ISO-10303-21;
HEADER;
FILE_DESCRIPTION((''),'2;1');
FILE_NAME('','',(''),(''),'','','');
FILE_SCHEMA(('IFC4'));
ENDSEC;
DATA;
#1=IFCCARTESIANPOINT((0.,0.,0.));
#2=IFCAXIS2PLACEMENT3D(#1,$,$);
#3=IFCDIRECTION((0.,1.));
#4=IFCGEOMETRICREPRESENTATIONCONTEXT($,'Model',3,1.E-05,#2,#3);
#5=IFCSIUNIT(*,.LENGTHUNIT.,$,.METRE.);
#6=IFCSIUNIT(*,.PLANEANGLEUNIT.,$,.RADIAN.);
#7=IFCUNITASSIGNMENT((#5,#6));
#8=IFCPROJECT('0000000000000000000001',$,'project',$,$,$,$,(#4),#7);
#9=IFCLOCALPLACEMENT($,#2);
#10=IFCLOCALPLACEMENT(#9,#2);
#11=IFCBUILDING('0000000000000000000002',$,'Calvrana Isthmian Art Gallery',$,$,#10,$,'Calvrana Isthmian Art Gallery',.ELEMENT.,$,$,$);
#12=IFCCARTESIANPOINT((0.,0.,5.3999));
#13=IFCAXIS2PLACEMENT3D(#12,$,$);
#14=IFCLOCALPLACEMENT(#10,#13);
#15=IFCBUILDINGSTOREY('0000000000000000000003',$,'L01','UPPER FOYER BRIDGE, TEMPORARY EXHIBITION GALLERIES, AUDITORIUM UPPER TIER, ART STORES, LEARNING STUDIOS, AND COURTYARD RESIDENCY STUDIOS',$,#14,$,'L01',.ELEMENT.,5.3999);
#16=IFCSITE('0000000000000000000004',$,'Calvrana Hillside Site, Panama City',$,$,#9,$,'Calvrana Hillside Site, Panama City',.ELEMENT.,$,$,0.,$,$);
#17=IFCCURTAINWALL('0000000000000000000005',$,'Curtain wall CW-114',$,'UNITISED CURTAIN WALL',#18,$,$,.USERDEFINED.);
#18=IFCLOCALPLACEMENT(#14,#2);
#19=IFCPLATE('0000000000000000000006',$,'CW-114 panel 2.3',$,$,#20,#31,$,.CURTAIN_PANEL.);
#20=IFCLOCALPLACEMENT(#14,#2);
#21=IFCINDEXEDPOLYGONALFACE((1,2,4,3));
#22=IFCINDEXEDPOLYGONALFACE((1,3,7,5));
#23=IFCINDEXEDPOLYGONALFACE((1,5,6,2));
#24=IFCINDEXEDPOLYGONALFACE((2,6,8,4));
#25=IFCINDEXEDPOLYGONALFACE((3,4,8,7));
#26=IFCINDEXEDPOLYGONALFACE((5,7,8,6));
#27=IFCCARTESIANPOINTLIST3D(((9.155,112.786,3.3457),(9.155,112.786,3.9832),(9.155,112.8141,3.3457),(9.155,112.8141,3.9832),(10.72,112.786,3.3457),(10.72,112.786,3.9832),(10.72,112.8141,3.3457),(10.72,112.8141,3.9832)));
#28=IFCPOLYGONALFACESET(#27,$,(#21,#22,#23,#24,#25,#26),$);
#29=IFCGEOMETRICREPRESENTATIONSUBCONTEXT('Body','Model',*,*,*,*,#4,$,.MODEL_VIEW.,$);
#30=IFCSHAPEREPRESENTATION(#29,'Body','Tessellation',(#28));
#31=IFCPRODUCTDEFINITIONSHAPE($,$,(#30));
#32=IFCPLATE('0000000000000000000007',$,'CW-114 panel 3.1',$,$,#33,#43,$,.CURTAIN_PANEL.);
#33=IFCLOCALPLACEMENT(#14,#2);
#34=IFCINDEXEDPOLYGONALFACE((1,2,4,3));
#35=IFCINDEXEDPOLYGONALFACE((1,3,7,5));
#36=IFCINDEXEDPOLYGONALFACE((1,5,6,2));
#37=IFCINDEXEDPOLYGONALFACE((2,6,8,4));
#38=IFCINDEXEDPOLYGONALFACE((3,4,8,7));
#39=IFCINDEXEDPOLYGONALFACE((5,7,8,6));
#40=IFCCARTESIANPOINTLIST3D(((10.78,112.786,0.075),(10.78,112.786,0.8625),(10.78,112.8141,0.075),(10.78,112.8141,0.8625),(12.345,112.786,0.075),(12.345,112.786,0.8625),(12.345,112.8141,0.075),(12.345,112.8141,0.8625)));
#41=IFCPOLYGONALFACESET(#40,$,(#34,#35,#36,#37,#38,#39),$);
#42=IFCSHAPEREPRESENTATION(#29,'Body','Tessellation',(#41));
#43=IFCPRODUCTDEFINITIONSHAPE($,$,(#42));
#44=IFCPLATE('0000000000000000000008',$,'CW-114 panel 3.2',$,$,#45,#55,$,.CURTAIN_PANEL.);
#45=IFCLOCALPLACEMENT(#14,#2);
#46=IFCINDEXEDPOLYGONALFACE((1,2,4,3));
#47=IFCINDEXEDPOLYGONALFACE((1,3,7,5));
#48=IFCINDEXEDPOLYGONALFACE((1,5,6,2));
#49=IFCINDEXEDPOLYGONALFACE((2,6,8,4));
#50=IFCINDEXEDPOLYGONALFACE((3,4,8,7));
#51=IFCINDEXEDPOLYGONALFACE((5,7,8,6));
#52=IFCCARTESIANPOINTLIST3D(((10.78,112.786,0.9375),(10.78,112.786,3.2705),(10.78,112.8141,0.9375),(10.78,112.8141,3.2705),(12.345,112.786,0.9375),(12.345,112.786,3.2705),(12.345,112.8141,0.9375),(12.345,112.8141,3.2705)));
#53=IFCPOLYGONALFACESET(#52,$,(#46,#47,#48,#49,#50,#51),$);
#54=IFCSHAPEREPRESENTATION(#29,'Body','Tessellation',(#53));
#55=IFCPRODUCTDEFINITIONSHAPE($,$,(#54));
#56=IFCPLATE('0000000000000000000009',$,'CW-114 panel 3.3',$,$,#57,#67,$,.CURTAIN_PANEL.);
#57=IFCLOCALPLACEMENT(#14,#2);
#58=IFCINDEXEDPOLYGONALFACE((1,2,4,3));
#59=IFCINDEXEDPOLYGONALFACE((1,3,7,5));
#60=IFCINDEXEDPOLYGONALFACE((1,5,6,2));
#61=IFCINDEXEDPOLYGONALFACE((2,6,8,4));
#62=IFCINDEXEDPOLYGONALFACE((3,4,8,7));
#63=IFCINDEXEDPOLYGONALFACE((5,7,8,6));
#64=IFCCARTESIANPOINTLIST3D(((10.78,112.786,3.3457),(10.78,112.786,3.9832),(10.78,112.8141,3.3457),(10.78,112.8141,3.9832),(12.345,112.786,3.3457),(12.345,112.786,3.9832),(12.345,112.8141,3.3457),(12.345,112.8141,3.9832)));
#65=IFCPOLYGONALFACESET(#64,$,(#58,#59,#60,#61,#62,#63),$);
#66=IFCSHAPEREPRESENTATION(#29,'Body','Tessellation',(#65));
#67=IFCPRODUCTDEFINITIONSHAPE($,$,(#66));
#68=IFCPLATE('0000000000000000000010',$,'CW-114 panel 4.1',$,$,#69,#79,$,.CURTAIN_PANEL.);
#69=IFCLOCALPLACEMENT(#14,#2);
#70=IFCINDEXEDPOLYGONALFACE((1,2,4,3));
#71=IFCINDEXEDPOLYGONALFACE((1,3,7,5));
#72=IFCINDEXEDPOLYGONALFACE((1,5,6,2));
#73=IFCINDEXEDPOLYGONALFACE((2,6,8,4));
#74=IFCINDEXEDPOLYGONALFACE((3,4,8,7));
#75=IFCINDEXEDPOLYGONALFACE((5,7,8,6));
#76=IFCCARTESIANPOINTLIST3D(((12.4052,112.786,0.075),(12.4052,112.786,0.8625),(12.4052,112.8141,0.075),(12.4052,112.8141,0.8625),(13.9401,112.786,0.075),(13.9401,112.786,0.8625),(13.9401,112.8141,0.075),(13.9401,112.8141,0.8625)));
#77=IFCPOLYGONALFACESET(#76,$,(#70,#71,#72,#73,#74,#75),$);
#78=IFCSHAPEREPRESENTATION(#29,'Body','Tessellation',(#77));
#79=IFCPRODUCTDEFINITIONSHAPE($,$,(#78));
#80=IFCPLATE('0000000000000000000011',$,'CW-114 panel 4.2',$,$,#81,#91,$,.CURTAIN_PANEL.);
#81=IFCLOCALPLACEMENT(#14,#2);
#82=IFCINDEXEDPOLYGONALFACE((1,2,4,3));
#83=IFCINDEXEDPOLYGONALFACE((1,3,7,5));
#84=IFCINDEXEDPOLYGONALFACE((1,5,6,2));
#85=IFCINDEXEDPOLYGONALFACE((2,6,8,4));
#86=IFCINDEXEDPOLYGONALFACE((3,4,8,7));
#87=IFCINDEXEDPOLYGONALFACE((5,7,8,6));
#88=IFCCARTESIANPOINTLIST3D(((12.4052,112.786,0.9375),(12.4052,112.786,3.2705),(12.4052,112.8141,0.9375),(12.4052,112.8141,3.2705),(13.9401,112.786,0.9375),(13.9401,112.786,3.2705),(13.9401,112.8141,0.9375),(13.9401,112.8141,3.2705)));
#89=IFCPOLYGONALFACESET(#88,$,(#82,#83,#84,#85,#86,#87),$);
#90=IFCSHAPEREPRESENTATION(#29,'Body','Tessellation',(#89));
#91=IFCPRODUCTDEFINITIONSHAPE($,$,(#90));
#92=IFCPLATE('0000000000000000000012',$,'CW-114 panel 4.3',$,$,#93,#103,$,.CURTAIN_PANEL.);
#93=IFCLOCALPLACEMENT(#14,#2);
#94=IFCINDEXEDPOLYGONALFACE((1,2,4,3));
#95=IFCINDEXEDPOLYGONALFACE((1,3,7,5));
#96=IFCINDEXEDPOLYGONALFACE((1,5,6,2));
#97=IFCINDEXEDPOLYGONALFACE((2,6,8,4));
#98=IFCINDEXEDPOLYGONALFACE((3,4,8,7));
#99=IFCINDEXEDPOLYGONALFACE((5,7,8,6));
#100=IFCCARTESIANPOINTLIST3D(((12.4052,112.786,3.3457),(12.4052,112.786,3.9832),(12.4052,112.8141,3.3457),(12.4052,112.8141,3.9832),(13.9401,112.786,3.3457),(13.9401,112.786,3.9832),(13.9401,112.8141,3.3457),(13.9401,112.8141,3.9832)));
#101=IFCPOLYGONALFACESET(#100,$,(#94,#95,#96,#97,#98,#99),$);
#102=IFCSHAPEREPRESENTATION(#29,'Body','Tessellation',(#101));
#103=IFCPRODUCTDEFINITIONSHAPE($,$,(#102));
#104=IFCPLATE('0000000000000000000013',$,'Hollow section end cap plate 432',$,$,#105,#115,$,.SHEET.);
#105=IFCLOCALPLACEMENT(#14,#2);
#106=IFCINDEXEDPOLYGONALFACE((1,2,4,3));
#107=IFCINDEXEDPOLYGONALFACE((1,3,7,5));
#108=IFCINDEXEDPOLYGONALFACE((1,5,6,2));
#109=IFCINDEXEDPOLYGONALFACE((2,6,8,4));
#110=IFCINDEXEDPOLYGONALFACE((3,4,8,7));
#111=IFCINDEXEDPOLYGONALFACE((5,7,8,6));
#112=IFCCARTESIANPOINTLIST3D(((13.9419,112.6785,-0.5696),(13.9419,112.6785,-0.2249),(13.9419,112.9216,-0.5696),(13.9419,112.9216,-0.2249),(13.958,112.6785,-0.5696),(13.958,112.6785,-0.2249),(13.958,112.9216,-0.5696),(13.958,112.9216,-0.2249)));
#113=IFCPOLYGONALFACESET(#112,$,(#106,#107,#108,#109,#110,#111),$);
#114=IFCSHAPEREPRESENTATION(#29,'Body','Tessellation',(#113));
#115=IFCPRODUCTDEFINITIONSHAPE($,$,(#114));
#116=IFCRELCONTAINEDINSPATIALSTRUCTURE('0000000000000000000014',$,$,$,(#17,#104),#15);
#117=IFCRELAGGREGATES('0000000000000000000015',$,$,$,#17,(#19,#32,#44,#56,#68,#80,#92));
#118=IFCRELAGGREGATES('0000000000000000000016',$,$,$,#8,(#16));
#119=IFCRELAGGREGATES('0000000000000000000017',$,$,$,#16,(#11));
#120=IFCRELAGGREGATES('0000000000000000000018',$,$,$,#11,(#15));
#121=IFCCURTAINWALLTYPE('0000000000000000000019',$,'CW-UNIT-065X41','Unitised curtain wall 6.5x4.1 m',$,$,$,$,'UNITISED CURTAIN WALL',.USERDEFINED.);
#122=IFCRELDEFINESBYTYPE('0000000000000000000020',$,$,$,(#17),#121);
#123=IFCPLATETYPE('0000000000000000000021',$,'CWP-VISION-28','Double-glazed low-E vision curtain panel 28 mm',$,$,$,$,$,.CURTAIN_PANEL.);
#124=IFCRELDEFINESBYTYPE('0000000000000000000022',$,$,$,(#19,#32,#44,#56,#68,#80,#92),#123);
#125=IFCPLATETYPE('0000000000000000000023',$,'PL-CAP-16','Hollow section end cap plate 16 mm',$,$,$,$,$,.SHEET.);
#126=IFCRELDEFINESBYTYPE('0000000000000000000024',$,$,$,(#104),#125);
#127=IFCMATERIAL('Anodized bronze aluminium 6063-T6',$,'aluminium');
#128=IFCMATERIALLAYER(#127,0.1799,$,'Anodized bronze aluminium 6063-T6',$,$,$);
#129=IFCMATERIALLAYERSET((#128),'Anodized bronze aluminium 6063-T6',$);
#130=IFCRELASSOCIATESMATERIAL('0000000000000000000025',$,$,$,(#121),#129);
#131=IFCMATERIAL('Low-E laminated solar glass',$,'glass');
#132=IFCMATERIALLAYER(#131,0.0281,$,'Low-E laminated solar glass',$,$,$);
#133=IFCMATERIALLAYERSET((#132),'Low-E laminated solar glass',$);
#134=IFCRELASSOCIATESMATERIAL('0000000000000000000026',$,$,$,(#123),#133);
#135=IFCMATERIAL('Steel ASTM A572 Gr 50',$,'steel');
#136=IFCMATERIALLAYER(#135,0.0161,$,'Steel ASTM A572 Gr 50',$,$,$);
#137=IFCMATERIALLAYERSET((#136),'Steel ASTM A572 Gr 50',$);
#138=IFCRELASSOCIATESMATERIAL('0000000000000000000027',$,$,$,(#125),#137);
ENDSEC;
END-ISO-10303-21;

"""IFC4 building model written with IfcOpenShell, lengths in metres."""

from ifc_helpers import new_model, si_unit, direction, frame, origin, origin_2d, place, context, subcontext, project, spatial, rectangle, extrude, material, layer, layer_set, type_object, element, aggregate, save


model = new_model("IFC4")

# Units and contexts
model_context = context("Model", 3, precision=1e-05, world=origin(), true_north=direction((0.0, 1.0)))
body_context = subcontext(model_context, "Body", "Model", "MODEL_VIEW")
ifc_project = project(units=[si_unit("LENGTHUNIT", "METRE"), si_unit("PLANEANGLEUNIT", "RADIAN")], contexts=[model_context])

# Site, building, storey
site_placement = place(None, origin())
site = spatial("IfcSite", under=ifc_project, at=site_placement, Name="Calvrana Hillside Site, Panama City", LongName="Calvrana Hillside Site, Panama City", CompositionType="ELEMENT", RefElevation=0.0)
building_placement = place(site_placement, origin())
building = spatial("IfcBuilding", under=site, at=building_placement, Name="Calvrana Isthmian Art Gallery", LongName="Calvrana Isthmian Art Gallery", CompositionType="ELEMENT")
storey_placement = place(building_placement, frame((0.0, 0.0, 5.3999)))
storey = spatial("IfcBuildingStorey", under=building, at=storey_placement, Name="L01", Description="UPPER FOYER BRIDGE, TEMPORARY EXHIBITION GALLERIES, AUDITORIUM UPPER TIER, ART STORES, LEARNING STUDIOS, AND COURTYARD RESIDENCY STUDIOS", LongName="L01", CompositionType="ELEMENT", Elevation=5.3999)

# Curtain wall, plates
ifc_material_1 = material(Name="Anodized bronze aluminium 6063-T6", Category="aluminium")
ifc_layer_1 = layer(ifc_material_1, 0.1799, Name="Anodized bronze aluminium 6063-T6")
ifc_layer_set_1 = layer_set([ifc_layer_1], Name="Anodized bronze aluminium 6063-T6")
curtain_wall_type = type_object("IfcCurtainWallType", Name="CW-UNIT-065X41", Description="Unitised curtain wall 6.5x4.1 m", ElementType="UNITISED CURTAIN WALL", PredefinedType="USERDEFINED", material=ifc_layer_set_1)
curtain_wall_placement = place(storey_placement, origin())
curtain_wall = element("IfcCurtainWall", 1, at=curtain_wall_placement, inside=storey, type_object=curtain_wall_type, Name="Curtain wall CW-114", ObjectType="UNITISED CURTAIN WALL", PredefinedType="USERDEFINED")
ifc_material_2 = material(Name="Low-E laminated solar glass", Category="glass")
ifc_layer_2 = layer(ifc_material_2, 0.0281, Name="Low-E laminated solar glass")
ifc_layer_set_2 = layer_set([ifc_layer_2], Name="Low-E laminated solar glass")
plate_type_1 = type_object("IfcPlateType", Name="CWP-VISION-28", Description="Double-glazed low-E vision curtain panel 28 mm", PredefinedType="CURTAIN_PANEL", material=ifc_layer_set_2)
plate_1_placement = place(storey_placement, frame((9.9375, 112.8, 3.3457), z_axis=(0.0, 0.0, 1.0), x_axis=(1.0, 0.0, 0.0)))
plate_1 = element("IfcPlate", 2, at=plate_1_placement, type_object=plate_type_1, Name="CW-114 panel 2.3", PredefinedType="CURTAIN_PANEL", context=body_context, shape_type="SweptSolid", body=[
    extrude(rectangle(XDim=1.5649, YDim=0.0281, at=origin_2d()), origin(), (0.0, 0.0, 1.0), 0.6375),
])
plate_2_placement = place(storey_placement, frame((11.5625, 112.8, 0.075), z_axis=(0.0, 0.0, 1.0), x_axis=(1.0, 0.0, 0.0)))
plate_2 = element("IfcPlate", 3, at=plate_2_placement, type_object=plate_type_1, Name="CW-114 panel 3.1", PredefinedType="CURTAIN_PANEL", context=body_context, shape_type="SweptSolid", body=[
    extrude(rectangle(XDim=1.5649, YDim=0.0281, at=origin_2d()), origin(), (0.0, 0.0, 1.0), 0.7876),
])
plate_3_placement = place(storey_placement, frame((11.5625, 112.8, 0.9375), z_axis=(0.0, 0.0, 1.0), x_axis=(1.0, 0.0, 0.0)))
plate_3 = element("IfcPlate", 4, at=plate_3_placement, type_object=plate_type_1, Name="CW-114 panel 3.2", PredefinedType="CURTAIN_PANEL", context=body_context, shape_type="SweptSolid", body=[
    extrude(rectangle(XDim=1.5649, YDim=0.0281, at=origin_2d()), origin(), (0.0, 0.0, 1.0), 2.333),
])
plate_4_placement = place(storey_placement, frame((11.5625, 112.8, 3.3457), z_axis=(0.0, 0.0, 1.0), x_axis=(1.0, 0.0, 0.0)))
plate_4 = element("IfcPlate", 5, at=plate_4_placement, type_object=plate_type_1, Name="CW-114 panel 3.3", PredefinedType="CURTAIN_PANEL", context=body_context, shape_type="SweptSolid", body=[
    extrude(rectangle(XDim=1.5649, YDim=0.0281, at=origin_2d()), origin(), (0.0, 0.0, 1.0), 0.6375),
])
plate_5_placement = place(storey_placement, frame((13.1726, 112.8, 0.075), z_axis=(0.0, 0.0, 1.0), x_axis=(1.0, 0.0, 0.0)))
plate_5 = element("IfcPlate", 6, at=plate_5_placement, type_object=plate_type_1, Name="CW-114 panel 4.1", PredefinedType="CURTAIN_PANEL", context=body_context, shape_type="SweptSolid", body=[
    extrude(rectangle(XDim=1.5349, YDim=0.0281, at=origin_2d()), origin(), (0.0, 0.0, 1.0), 0.7876),
])
plate_6_placement = place(storey_placement, frame((13.1726, 112.8, 0.9375), z_axis=(0.0, 0.0, 1.0), x_axis=(1.0, 0.0, 0.0)))
plate_6 = element("IfcPlate", 7, at=plate_6_placement, type_object=plate_type_1, Name="CW-114 panel 4.2", PredefinedType="CURTAIN_PANEL", context=body_context, shape_type="SweptSolid", body=[
    extrude(rectangle(XDim=1.5349, YDim=0.0281, at=origin_2d()), origin(), (0.0, 0.0, 1.0), 2.333),
])
plate_7_placement = place(storey_placement, frame((13.1726, 112.8, 3.3457), z_axis=(0.0, 0.0, 1.0), x_axis=(1.0, 0.0, 0.0)))
plate_7 = element("IfcPlate", 8, at=plate_7_placement, type_object=plate_type_1, Name="CW-114 panel 4.3", PredefinedType="CURTAIN_PANEL", context=body_context, shape_type="SweptSolid", body=[
    extrude(rectangle(XDim=1.5349, YDim=0.0281, at=origin_2d()), origin(), (0.0, 0.0, 1.0), 0.6375),
])
aggregate(curtain_wall, [plate_1, plate_2, plate_3, plate_4, plate_5, plate_6, plate_7])

# Plate
ifc_material_3 = material(Name="Steel ASTM A572 Gr 50", Category="steel")
ifc_layer_3 = layer(ifc_material_3, 0.0161, Name="Steel ASTM A572 Gr 50")
ifc_layer_set_3 = layer_set([ifc_layer_3], Name="Steel ASTM A572 Gr 50")
plate_type_2 = type_object("IfcPlateType", Name="PL-CAP-16", Description="Hollow section end cap plate 16 mm", PredefinedType="SHEET", material=ifc_layer_set_3)
plate_8_placement = place(storey_placement, frame((13.95, 112.8, -0.5696), z_axis=(0.0, 0.0, 1.0), x_axis=(1.0, 0.0, 0.0)))
element("IfcPlate", 9, at=plate_8_placement, inside=storey, type_object=plate_type_2, Name="Hollow section end cap plate 432", PredefinedType="SHEET", context=body_context, shape_type="SweptSolid", body=[
    extrude(rectangle(XDim=0.0161, YDim=0.2432, at=origin_2d()), origin(), (0.0, 0.0, 1.0), 0.3447),
])

save(model, "model.ifc")
